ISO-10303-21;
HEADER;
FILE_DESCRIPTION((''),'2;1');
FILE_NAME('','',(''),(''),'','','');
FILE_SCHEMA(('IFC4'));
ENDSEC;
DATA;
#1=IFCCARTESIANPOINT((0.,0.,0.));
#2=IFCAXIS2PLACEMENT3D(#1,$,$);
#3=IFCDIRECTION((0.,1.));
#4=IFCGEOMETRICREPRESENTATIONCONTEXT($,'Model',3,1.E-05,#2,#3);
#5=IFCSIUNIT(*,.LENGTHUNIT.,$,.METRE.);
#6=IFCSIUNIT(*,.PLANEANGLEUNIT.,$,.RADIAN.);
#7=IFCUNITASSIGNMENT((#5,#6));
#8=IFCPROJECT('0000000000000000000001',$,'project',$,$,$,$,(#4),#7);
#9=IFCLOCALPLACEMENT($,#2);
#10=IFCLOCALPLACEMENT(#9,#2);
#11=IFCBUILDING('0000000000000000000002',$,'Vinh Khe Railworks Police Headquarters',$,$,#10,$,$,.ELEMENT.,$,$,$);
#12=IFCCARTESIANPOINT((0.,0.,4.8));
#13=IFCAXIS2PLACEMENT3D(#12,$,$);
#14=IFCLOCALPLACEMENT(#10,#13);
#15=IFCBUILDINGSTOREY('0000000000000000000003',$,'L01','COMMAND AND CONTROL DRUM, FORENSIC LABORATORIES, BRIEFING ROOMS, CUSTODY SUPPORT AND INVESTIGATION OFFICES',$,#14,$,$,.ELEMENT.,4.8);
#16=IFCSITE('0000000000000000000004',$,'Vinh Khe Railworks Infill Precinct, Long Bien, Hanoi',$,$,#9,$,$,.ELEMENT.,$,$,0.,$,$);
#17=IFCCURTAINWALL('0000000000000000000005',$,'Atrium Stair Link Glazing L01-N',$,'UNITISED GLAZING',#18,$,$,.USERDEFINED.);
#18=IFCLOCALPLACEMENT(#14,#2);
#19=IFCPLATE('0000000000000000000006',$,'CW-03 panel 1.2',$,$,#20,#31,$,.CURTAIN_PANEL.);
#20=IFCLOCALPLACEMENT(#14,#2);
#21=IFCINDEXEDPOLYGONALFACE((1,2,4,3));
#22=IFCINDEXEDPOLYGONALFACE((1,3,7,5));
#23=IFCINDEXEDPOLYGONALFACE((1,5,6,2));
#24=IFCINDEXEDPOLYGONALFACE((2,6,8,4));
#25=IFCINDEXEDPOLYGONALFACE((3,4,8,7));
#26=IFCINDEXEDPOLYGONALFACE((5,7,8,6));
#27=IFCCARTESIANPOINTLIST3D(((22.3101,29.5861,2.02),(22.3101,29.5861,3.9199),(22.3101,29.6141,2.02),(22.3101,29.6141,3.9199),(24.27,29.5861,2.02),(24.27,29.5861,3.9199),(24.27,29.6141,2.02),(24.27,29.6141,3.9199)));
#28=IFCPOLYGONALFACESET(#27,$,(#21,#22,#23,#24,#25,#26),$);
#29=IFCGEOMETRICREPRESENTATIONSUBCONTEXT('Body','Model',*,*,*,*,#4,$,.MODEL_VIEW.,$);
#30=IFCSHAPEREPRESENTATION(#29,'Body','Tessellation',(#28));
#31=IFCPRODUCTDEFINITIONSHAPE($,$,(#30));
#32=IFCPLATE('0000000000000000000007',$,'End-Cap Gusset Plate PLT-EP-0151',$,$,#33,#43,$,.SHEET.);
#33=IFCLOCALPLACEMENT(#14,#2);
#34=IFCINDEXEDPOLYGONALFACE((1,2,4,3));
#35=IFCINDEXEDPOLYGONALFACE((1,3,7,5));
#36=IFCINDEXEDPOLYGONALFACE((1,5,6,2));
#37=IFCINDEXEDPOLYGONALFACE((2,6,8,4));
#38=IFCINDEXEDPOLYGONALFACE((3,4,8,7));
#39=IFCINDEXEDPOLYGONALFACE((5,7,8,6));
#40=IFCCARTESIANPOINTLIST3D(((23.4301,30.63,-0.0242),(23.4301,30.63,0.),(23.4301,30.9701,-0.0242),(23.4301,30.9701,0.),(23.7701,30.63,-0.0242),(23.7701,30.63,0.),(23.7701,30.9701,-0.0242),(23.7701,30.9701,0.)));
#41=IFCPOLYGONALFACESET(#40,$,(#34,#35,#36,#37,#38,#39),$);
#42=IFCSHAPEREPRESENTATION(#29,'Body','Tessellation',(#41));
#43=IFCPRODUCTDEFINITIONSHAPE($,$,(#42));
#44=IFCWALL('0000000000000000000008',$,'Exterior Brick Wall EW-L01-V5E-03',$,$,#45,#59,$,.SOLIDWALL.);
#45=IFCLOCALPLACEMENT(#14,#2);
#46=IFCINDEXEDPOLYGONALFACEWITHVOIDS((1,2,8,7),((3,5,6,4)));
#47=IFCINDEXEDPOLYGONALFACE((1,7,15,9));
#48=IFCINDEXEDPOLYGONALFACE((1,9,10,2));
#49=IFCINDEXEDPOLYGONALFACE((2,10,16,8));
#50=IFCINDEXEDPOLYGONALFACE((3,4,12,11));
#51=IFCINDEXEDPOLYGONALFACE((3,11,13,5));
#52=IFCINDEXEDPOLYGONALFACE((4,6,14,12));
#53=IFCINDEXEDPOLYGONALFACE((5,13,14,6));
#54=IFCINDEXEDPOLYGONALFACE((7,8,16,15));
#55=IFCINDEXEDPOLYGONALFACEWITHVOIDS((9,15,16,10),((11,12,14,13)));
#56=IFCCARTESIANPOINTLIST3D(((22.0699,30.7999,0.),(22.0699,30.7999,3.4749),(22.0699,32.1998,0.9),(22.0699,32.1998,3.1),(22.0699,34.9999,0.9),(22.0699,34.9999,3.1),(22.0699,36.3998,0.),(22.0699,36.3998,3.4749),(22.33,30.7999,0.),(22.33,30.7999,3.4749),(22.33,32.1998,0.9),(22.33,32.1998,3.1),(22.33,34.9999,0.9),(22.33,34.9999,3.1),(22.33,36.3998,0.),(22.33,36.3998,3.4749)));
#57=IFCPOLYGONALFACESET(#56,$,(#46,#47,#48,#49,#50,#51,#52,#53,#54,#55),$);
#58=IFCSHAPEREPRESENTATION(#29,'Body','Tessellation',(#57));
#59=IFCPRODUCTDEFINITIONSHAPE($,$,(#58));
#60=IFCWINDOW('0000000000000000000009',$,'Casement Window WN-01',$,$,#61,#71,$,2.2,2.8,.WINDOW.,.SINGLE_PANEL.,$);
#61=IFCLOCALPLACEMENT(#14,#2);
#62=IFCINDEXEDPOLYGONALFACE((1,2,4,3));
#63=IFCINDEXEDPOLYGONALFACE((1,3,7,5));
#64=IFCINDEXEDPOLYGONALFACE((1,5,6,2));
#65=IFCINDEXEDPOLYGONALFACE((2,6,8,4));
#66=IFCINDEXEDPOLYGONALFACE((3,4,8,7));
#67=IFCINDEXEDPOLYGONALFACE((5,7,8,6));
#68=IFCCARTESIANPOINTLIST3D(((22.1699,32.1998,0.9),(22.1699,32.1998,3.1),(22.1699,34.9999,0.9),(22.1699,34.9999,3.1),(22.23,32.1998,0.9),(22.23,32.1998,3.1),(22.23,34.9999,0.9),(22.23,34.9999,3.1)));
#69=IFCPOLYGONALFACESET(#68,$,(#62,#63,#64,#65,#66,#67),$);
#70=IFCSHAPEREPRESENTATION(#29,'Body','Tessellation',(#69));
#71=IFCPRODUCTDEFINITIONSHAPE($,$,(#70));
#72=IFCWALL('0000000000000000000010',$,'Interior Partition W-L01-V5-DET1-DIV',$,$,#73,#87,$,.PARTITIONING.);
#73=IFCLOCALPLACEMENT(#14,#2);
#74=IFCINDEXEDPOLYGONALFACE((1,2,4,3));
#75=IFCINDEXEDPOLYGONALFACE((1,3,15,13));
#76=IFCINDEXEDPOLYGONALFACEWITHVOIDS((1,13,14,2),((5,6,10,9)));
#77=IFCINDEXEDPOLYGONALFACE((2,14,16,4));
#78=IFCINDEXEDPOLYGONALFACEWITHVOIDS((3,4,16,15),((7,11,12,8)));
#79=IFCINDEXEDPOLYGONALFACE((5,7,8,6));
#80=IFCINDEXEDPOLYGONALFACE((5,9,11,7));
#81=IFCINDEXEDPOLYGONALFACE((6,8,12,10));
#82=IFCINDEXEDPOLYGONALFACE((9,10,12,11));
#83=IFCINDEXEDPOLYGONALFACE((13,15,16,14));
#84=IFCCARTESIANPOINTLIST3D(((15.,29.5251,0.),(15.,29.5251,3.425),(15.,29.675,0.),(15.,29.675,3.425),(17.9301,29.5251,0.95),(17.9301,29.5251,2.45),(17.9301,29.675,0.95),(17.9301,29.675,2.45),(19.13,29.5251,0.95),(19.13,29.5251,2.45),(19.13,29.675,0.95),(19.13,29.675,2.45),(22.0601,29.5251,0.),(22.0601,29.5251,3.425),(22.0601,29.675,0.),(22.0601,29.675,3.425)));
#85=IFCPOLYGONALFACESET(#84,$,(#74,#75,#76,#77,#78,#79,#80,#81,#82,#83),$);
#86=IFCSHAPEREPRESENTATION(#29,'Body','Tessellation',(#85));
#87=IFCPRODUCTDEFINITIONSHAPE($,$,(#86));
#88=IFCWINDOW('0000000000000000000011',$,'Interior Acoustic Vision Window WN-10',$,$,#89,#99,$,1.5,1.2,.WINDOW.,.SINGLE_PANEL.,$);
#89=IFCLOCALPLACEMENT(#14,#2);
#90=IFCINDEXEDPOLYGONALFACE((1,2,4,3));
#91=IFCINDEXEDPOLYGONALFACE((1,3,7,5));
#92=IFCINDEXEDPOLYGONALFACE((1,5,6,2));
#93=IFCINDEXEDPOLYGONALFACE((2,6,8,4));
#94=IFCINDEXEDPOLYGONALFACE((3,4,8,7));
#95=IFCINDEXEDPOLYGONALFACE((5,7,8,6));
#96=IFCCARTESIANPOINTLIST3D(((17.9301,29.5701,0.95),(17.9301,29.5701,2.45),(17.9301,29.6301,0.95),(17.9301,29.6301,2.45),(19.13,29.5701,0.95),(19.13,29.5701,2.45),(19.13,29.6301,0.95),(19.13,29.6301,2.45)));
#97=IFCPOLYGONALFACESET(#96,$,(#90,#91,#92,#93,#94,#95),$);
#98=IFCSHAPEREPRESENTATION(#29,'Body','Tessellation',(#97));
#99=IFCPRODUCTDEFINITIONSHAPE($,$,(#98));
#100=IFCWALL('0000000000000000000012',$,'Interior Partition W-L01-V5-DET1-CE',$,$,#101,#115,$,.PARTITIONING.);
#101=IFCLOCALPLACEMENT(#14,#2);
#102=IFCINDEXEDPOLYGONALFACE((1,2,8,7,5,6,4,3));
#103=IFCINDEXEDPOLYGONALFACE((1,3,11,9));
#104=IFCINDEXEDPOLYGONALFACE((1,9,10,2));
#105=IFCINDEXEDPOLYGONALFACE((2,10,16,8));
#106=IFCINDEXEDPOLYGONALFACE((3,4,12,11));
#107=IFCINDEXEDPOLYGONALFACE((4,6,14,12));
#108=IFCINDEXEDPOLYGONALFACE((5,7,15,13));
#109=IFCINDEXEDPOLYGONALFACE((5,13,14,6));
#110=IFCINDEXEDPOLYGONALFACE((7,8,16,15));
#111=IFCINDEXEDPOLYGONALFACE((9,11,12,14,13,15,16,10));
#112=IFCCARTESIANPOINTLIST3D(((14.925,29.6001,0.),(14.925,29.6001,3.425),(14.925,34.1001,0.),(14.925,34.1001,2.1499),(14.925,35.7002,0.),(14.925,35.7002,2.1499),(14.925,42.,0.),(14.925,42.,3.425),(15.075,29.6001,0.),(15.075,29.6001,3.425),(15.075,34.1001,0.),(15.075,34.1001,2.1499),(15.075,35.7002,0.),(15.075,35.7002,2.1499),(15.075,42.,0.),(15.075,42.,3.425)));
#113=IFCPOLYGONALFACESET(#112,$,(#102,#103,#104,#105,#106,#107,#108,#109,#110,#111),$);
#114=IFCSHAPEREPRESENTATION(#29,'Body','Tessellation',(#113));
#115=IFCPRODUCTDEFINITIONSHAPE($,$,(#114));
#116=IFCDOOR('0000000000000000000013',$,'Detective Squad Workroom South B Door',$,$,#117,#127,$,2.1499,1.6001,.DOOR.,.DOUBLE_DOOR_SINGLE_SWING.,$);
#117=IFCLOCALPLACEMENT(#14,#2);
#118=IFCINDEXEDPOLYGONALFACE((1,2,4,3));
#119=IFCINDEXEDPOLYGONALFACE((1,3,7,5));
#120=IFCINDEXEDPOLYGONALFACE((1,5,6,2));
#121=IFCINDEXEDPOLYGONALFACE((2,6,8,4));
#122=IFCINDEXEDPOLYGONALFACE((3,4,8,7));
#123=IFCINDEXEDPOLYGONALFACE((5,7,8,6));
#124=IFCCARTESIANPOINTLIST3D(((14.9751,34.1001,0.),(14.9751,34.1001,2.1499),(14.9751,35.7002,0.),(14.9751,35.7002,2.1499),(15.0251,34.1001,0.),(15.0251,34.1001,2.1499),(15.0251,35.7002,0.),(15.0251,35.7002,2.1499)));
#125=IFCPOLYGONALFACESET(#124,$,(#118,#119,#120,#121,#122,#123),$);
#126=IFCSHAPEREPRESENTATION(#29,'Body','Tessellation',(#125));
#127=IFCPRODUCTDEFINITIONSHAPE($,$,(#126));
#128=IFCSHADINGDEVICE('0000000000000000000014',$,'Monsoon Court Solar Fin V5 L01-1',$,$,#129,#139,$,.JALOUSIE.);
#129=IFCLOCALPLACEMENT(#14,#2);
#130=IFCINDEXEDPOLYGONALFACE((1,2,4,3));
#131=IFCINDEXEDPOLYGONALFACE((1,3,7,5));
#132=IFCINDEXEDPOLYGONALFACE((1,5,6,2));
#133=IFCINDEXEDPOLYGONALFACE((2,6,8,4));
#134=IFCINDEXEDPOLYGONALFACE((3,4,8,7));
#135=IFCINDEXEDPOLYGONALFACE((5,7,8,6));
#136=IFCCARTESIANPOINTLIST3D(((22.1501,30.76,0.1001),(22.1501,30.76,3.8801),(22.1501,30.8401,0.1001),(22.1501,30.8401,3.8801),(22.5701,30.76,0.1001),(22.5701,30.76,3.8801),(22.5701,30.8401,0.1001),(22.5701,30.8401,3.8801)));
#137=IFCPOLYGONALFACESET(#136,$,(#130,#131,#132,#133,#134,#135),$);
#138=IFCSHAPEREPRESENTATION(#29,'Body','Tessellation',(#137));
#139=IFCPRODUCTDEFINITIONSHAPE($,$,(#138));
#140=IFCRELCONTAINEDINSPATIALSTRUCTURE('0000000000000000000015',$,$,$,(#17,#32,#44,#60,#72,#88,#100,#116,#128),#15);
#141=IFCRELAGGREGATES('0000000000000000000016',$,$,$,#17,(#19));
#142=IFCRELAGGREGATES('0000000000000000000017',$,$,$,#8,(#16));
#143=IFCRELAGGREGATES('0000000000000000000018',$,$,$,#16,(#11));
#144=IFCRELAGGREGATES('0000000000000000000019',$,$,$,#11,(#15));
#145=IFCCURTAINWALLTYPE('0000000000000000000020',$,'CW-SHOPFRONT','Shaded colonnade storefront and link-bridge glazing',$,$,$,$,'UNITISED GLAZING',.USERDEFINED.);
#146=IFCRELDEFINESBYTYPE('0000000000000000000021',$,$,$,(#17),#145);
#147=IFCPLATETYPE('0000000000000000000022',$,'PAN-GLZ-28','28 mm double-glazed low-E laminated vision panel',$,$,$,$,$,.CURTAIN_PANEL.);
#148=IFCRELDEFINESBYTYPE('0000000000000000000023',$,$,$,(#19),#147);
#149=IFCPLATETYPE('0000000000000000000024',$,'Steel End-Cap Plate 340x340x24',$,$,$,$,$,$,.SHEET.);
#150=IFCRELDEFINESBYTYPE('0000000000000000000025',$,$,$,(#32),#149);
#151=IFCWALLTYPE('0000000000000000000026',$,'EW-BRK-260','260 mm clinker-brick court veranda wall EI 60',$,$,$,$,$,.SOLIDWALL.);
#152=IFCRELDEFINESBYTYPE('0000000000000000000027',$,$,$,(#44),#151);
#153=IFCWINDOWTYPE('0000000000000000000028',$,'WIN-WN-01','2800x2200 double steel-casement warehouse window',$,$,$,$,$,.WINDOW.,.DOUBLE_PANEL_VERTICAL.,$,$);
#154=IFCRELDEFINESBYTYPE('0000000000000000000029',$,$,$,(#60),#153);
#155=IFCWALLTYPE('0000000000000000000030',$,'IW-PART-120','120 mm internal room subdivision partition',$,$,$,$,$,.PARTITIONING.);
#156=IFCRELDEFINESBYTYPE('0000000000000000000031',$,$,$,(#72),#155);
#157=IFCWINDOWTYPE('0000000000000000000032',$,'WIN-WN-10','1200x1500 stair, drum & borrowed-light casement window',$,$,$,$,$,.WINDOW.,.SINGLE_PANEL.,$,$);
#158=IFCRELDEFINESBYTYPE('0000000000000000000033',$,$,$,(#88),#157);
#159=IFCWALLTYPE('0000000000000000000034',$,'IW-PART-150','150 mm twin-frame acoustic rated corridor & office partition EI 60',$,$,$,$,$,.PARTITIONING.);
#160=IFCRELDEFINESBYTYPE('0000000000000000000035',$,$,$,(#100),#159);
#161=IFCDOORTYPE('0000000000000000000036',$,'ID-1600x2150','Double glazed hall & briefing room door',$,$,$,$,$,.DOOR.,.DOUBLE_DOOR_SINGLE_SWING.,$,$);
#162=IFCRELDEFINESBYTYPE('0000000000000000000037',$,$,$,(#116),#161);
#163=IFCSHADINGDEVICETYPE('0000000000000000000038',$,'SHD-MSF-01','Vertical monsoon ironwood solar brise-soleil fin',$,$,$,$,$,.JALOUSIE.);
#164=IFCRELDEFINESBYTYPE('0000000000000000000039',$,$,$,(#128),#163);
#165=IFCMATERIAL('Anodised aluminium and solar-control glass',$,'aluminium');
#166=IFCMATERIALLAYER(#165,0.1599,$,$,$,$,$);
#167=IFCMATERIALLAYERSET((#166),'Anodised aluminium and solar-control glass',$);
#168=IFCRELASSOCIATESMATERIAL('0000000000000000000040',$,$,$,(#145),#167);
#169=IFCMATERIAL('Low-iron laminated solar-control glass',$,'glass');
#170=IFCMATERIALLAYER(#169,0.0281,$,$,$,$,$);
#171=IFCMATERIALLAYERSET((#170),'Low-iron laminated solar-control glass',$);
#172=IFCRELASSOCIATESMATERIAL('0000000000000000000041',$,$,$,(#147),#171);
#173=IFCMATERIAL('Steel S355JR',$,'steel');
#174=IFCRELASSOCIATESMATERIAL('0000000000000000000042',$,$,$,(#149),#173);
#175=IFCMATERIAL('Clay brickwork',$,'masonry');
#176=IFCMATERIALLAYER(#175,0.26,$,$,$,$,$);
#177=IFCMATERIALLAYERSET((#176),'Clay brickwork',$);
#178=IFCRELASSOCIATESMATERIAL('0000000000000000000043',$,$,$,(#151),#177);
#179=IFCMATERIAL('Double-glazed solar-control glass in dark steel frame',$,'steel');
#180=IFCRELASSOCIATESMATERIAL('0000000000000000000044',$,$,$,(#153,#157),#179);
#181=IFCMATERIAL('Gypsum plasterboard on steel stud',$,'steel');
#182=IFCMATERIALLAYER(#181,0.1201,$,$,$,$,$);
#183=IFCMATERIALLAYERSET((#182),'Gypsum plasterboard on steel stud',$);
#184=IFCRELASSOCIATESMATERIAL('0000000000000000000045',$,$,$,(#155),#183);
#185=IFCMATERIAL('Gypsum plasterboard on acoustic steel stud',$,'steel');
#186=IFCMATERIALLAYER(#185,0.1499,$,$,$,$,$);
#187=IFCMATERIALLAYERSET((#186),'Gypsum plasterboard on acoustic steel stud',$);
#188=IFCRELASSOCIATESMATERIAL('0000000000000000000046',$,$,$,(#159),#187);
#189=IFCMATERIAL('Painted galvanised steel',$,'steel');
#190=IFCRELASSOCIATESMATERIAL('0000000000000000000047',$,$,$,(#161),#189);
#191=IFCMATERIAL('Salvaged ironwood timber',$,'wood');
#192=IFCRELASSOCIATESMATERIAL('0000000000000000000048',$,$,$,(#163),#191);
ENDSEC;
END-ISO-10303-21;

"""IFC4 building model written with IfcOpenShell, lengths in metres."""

from ifc_helpers import new_model, si_unit, direction, frame, frame_2d, origin, origin_2d, place, context, subcontext, project, spatial, rectangle, extrude, material, layer, layer_set, material_profile, profile_set, type_object, element, fill, aggregate, save


model = new_model("IFC4")

# Units and contexts
model_context = context("Model", 3, precision=1e-05, world=origin(), true_north=direction((0.0, 1.0)))
body_context = subcontext(model_context, "Body", "Model", "MODEL_VIEW")
ifc_project = project(units=[si_unit("LENGTHUNIT", "METRE"), si_unit("PLANEANGLEUNIT", "RADIAN")], contexts=[model_context])

# Site, building, storey
site_placement = place(None, origin())
site = spatial("IfcSite", under=ifc_project, at=site_placement, Name="Vinh Khe Railworks Infill Precinct, Long Bien, Hanoi", CompositionType="ELEMENT", RefElevation=0.0)
building_placement = place(site_placement, origin())
building = spatial("IfcBuilding", under=site, at=building_placement, Name="Vinh Khe Railworks Police Headquarters", CompositionType="ELEMENT")
storey_placement = place(building_placement, frame((0.0, 0.0, 4.8)))
storey = spatial("IfcBuildingStorey", under=building, at=storey_placement, Name="L01", Description="COMMAND AND CONTROL DRUM, FORENSIC LABORATORIES, BRIEFING ROOMS, CUSTODY SUPPORT AND INVESTIGATION OFFICES", CompositionType="ELEMENT", Elevation=4.8)

# Shared definitions
ifc_material_1 = material(Name="Steel S355JR", Category="steel")

# Curtain wall
ifc_material_2 = material(Name="Anodised aluminium and solar-control glass", Category="aluminium")
ifc_layer_1 = layer(ifc_material_2, 0.1599)
ifc_layer_set_1 = layer_set([ifc_layer_1], Name="Anodised aluminium and solar-control glass")
curtain_wall_type = type_object("IfcCurtainWallType", Name="CW-SHOPFRONT", Description="Shaded colonnade storefront and link-bridge glazing", ElementType="UNITISED GLAZING", PredefinedType="USERDEFINED", material=ifc_layer_set_1)
curtain_wall_1_placement = place(storey_placement, origin())
curtain_wall_1 = element("IfcCurtainWall", 1, at=curtain_wall_1_placement, inside=storey, type_object=curtain_wall_type, Name="Atrium Stair Link Glazing L01-N", ObjectType="UNITISED GLAZING", PredefinedType="USERDEFINED")

# Plates
ifc_material_3 = material(Name="Low-iron laminated solar-control glass", Category="glass")
ifc_layer_2 = layer(ifc_material_3, 0.0281)
ifc_layer_set_2 = layer_set([ifc_layer_2], Name="Low-iron laminated solar-control glass")
plate_type_1 = type_object("IfcPlateType", Name="PAN-GLZ-28", Description="28 mm double-glazed low-E laminated vision panel", PredefinedType="CURTAIN_PANEL", material=ifc_layer_set_2)
plate_1_placement = place(storey_placement, frame((23.29, 29.6001, 2.02), z_axis=(0.0, 0.0, 1.0), x_axis=(1.0, 0.0, 0.0)))
plate_1 = element("IfcPlate", 2, at=plate_1_placement, type_object=plate_type_1, Name="CW-03 panel 1.2", PredefinedType="CURTAIN_PANEL", context=body_context, shape_type="SweptSolid", body=[
    extrude(rectangle(XDim=1.96, YDim=0.0281, at=origin_2d()), origin(), (0.0, 0.0, 1.0), 1.8999),
])
aggregate(curtain_wall_1, [plate_1])
ifc_material_profile_1 = material_profile(ifc_material_1, rectangle(XDim=0.3401, YDim=0.3401, at=origin_2d()), Name="PL 340x340")
ifc_profile_set_1 = profile_set([ifc_material_profile_1], Name="Steel S355JR")
plate_type_2 = type_object("IfcPlateType", Name="Steel End-Cap Plate 340x340x24", PredefinedType="SHEET", material=ifc_profile_set_1)
plate_2_placement = place(storey_placement, frame((23.6001, 30.8, 0.0), z_axis=(0.0, 0.0, -1.0), x_axis=(1.0, 0.0, 0.0)))
element("IfcPlate", 3, at=plate_2_placement, inside=storey, type_object=plate_type_2, Name="End-Cap Gusset Plate PLT-EP-0151", PredefinedType="SHEET", context=body_context, shape_type="SweptSolid", body=[
    extrude(rectangle(XDim=0.3401, YDim=0.3401, at=origin_2d()), origin(), (0.0, 0.0, 1.0), 0.0242),
])

# Walls, openings, windows
ifc_material_4 = material(Name="Clay brickwork", Category="masonry")
ifc_layer_3 = layer(ifc_material_4, 0.26)
ifc_layer_set_3 = layer_set([ifc_layer_3], Name="Clay brickwork")
wall_type_1 = type_object("IfcWallType", Name="EW-BRK-260", Description="260 mm clinker-brick court veranda wall EI 60", PredefinedType="SOLIDWALL", material=ifc_layer_set_3)
wall_1_placement = place(storey_placement, frame((22.2, 30.8, 0.0), z_axis=(0.0, 0.0, 1.0), x_axis=(0.0, 1.0, 0.0)))
wall_1 = element("IfcWall", 4, at=wall_1_placement, inside=storey, type_object=wall_type_1, Name="Exterior Brick Wall EW-L01-V5E-03", PredefinedType="SOLIDWALL", context=body_context, shape_type="SweptSolid", body=[
    extrude(rectangle(XDim=5.5999, YDim=0.26, at=frame_2d((2.7998, 0.0))), origin(), (0.0, 0.0, 1.0), 3.4749),
])
opening_1_placement = place(wall_1_placement, frame((1.3999, 0.0, 0.8999)))
opening_1 = element("IfcOpeningElement", 5, at=opening_1_placement, cuts=wall_1, PredefinedType="OPENING", context=body_context, shape_type="SweptSolid", body=[
    extrude(rectangle(XDim=2.8, YDim=2.2, at=frame_2d((1.3999, 1.1001))), frame((0.0, 0.145, 0.0), z_axis=(0.0, -1.0, 0.0), x_axis=(1.0, 0.0, 0.0)), (0.0, 0.0, 1.0), 0.2898),
])
ifc_material_5 = material(Name="Double-glazed solar-control glass in dark steel frame", Category="steel")
window_type_1 = type_object("IfcWindowType", Name="WIN-WN-01", Description="2800x2200 double steel-casement warehouse window", PartitioningType="DOUBLE_PANEL_VERTICAL", PredefinedType="WINDOW", material=ifc_material_5)
window_1_placement = place(opening_1_placement, origin())
window_1 = element("IfcWindow", 6, at=window_1_placement, inside=storey, type_object=window_type_1, Name="Casement Window WN-01", OverallHeight=2.2, OverallWidth=2.8, PartitioningType="SINGLE_PANEL", PredefinedType="WINDOW", context=body_context, shape_type="SweptSolid", body=[
    extrude(rectangle(XDim=2.8, YDim=2.2, at=frame_2d((1.3999, 1.1001))), frame((0.0, 0.03, 0.0), z_axis=(0.0, -1.0, 0.0), x_axis=(1.0, 0.0, 0.0)), (0.0, 0.0, 1.0), 0.0601),
])
fill(opening_1, window_1)
ifc_material_6 = material(Name="Gypsum plasterboard on steel stud", Category="steel")
ifc_layer_4 = layer(ifc_material_6, 0.1201)
ifc_layer_set_4 = layer_set([ifc_layer_4], Name="Gypsum plasterboard on steel stud")
wall_type_2 = type_object("IfcWallType", Name="IW-PART-120", Description="120 mm internal room subdivision partition", PredefinedType="PARTITIONING", material=ifc_layer_set_4)
wall_2_placement = place(storey_placement, frame((15.0, 29.6001, 0.0), z_axis=(0.0, 0.0, 1.0), x_axis=(1.0, 0.0, 0.0)))
wall_2 = element("IfcWall", 7, at=wall_2_placement, inside=storey, type_object=wall_type_2, Name="Interior Partition W-L01-V5-DET1-DIV", PredefinedType="PARTITIONING", context=body_context, shape_type="SweptSolid", body=[
    extrude(rectangle(XDim=7.0601, YDim=0.1499, at=frame_2d((3.53, 0.0))), origin(), (0.0, 0.0, 1.0), 3.425),
])
opening_2_placement = place(wall_2_placement, frame((2.9299, 0.0, 0.95)))
opening_2 = element("IfcOpeningElement", 8, at=opening_2_placement, cuts=wall_2, PredefinedType="OPENING", context=body_context, shape_type="SweptSolid", body=[
    extrude(rectangle(XDim=1.2, YDim=1.5, at=frame_2d((0.6001, 0.75))), frame((0.0, 0.0898, 0.0), z_axis=(0.0, -1.0, 0.0), x_axis=(1.0, 0.0, 0.0)), (0.0, 0.0, 1.0), 0.1797),
])
window_type_2 = type_object("IfcWindowType", Name="WIN-WN-10", Description="1200x1500 stair, drum & borrowed-light casement window", PartitioningType="SINGLE_PANEL", PredefinedType="WINDOW", material=ifc_material_5)
window_2_placement = place(opening_2_placement, origin())
window_2 = element("IfcWindow", 9, at=window_2_placement, inside=storey, type_object=window_type_2, Name="Interior Acoustic Vision Window WN-10", OverallHeight=1.5, OverallWidth=1.2, PartitioningType="SINGLE_PANEL", PredefinedType="WINDOW", context=body_context, shape_type="SweptSolid", body=[
    extrude(rectangle(XDim=1.2, YDim=1.5, at=frame_2d((0.6001, 0.75))), frame((0.0, 0.03, 0.0), z_axis=(0.0, -1.0, 0.0), x_axis=(1.0, 0.0, 0.0)), (0.0, 0.0, 1.0), 0.0601),
])
fill(opening_2, window_2)

# Wall, opening, door
ifc_material_7 = material(Name="Gypsum plasterboard on acoustic steel stud", Category="steel")
ifc_layer_5 = layer(ifc_material_7, 0.1499)
ifc_layer_set_5 = layer_set([ifc_layer_5], Name="Gypsum plasterboard on acoustic steel stud")
wall_type_3 = type_object("IfcWallType", Name="IW-PART-150", Description="150 mm twin-frame acoustic rated corridor & office partition EI 60", PredefinedType="PARTITIONING", material=ifc_layer_set_5)
wall_3_placement = place(storey_placement, frame((15.0, 29.6001, 0.0), z_axis=(0.0, 0.0, 1.0), x_axis=(0.0, 1.0, 0.0)))
wall_3 = element("IfcWall", 10, at=wall_3_placement, inside=storey, type_object=wall_type_3, Name="Interior Partition W-L01-V5-DET1-CE", PredefinedType="PARTITIONING", context=body_context, shape_type="SweptSolid", body=[
    extrude(rectangle(XDim=12.3999, YDim=0.1499, at=frame_2d((6.2, 0.0))), origin(), (0.0, 0.0, 1.0), 3.425),
])
opening_3_placement = place(wall_3_placement, frame((4.5, 0.0, 0.0)))
opening_3 = element("IfcOpeningElement", 11, at=opening_3_placement, cuts=wall_3, PredefinedType="OPENING", context=body_context, shape_type="SweptSolid", body=[
    extrude(rectangle(XDim=1.6001, YDim=2.1499, at=frame_2d((0.8, 1.075))), frame((0.0, 0.0898, 0.0), z_axis=(0.0, -1.0, 0.0), x_axis=(1.0, 0.0, 0.0)), (0.0, 0.0, 1.0), 0.1797),
])
ifc_material_8 = material(Name="Painted galvanised steel", Category="steel")
door_type = type_object("IfcDoorType", Name="ID-1600x2150", Description="Double glazed hall & briefing room door", OperationType="DOUBLE_DOOR_SINGLE_SWING", PredefinedType="DOOR", material=ifc_material_8)
door_placement = place(opening_3_placement, origin())
door = element("IfcDoor", 12, at=door_placement, inside=storey, type_object=door_type, Name="Detective Squad Workroom South B Door", OperationType="DOUBLE_DOOR_SINGLE_SWING", OverallHeight=2.1499, OverallWidth=1.6001, PredefinedType="DOOR", context=body_context, shape_type="SweptSolid", body=[
    extrude(rectangle(XDim=1.6001, YDim=2.1499, at=frame_2d((0.8, 1.075))), frame((0.0, 0.0249, 0.0), z_axis=(0.0, -1.0, 0.0), x_axis=(1.0, 0.0, 0.0)), (0.0, 0.0, 1.0), 0.05),
])
fill(opening_3, door)

# Shading device
ifc_material_9 = material(Name="Salvaged ironwood timber", Category="wood")
shading_device_type = type_object("IfcShadingDeviceType", Name="SHD-MSF-01", Description="Vertical monsoon ironwood solar brise-soleil fin", PredefinedType="JALOUSIE", material=ifc_material_9)
shading_device_placement = place(storey_placement, frame((22.3601, 30.8, 0.1001), z_axis=(0.0, 0.0, 1.0), x_axis=(1.0, 0.0, 0.0)))
element("IfcShadingDevice", 13, at=shading_device_placement, inside=storey, type_object=shading_device_type, Name="Monsoon Court Solar Fin V5 L01-1", PredefinedType="JALOUSIE", context=body_context, shape_type="SweptSolid", body=[
    extrude(rectangle(XDim=0.4199, YDim=0.0801, at=origin_2d()), origin(), (0.0, 0.0, 1.0), 3.78),
])

save(model, "model.ifc")
